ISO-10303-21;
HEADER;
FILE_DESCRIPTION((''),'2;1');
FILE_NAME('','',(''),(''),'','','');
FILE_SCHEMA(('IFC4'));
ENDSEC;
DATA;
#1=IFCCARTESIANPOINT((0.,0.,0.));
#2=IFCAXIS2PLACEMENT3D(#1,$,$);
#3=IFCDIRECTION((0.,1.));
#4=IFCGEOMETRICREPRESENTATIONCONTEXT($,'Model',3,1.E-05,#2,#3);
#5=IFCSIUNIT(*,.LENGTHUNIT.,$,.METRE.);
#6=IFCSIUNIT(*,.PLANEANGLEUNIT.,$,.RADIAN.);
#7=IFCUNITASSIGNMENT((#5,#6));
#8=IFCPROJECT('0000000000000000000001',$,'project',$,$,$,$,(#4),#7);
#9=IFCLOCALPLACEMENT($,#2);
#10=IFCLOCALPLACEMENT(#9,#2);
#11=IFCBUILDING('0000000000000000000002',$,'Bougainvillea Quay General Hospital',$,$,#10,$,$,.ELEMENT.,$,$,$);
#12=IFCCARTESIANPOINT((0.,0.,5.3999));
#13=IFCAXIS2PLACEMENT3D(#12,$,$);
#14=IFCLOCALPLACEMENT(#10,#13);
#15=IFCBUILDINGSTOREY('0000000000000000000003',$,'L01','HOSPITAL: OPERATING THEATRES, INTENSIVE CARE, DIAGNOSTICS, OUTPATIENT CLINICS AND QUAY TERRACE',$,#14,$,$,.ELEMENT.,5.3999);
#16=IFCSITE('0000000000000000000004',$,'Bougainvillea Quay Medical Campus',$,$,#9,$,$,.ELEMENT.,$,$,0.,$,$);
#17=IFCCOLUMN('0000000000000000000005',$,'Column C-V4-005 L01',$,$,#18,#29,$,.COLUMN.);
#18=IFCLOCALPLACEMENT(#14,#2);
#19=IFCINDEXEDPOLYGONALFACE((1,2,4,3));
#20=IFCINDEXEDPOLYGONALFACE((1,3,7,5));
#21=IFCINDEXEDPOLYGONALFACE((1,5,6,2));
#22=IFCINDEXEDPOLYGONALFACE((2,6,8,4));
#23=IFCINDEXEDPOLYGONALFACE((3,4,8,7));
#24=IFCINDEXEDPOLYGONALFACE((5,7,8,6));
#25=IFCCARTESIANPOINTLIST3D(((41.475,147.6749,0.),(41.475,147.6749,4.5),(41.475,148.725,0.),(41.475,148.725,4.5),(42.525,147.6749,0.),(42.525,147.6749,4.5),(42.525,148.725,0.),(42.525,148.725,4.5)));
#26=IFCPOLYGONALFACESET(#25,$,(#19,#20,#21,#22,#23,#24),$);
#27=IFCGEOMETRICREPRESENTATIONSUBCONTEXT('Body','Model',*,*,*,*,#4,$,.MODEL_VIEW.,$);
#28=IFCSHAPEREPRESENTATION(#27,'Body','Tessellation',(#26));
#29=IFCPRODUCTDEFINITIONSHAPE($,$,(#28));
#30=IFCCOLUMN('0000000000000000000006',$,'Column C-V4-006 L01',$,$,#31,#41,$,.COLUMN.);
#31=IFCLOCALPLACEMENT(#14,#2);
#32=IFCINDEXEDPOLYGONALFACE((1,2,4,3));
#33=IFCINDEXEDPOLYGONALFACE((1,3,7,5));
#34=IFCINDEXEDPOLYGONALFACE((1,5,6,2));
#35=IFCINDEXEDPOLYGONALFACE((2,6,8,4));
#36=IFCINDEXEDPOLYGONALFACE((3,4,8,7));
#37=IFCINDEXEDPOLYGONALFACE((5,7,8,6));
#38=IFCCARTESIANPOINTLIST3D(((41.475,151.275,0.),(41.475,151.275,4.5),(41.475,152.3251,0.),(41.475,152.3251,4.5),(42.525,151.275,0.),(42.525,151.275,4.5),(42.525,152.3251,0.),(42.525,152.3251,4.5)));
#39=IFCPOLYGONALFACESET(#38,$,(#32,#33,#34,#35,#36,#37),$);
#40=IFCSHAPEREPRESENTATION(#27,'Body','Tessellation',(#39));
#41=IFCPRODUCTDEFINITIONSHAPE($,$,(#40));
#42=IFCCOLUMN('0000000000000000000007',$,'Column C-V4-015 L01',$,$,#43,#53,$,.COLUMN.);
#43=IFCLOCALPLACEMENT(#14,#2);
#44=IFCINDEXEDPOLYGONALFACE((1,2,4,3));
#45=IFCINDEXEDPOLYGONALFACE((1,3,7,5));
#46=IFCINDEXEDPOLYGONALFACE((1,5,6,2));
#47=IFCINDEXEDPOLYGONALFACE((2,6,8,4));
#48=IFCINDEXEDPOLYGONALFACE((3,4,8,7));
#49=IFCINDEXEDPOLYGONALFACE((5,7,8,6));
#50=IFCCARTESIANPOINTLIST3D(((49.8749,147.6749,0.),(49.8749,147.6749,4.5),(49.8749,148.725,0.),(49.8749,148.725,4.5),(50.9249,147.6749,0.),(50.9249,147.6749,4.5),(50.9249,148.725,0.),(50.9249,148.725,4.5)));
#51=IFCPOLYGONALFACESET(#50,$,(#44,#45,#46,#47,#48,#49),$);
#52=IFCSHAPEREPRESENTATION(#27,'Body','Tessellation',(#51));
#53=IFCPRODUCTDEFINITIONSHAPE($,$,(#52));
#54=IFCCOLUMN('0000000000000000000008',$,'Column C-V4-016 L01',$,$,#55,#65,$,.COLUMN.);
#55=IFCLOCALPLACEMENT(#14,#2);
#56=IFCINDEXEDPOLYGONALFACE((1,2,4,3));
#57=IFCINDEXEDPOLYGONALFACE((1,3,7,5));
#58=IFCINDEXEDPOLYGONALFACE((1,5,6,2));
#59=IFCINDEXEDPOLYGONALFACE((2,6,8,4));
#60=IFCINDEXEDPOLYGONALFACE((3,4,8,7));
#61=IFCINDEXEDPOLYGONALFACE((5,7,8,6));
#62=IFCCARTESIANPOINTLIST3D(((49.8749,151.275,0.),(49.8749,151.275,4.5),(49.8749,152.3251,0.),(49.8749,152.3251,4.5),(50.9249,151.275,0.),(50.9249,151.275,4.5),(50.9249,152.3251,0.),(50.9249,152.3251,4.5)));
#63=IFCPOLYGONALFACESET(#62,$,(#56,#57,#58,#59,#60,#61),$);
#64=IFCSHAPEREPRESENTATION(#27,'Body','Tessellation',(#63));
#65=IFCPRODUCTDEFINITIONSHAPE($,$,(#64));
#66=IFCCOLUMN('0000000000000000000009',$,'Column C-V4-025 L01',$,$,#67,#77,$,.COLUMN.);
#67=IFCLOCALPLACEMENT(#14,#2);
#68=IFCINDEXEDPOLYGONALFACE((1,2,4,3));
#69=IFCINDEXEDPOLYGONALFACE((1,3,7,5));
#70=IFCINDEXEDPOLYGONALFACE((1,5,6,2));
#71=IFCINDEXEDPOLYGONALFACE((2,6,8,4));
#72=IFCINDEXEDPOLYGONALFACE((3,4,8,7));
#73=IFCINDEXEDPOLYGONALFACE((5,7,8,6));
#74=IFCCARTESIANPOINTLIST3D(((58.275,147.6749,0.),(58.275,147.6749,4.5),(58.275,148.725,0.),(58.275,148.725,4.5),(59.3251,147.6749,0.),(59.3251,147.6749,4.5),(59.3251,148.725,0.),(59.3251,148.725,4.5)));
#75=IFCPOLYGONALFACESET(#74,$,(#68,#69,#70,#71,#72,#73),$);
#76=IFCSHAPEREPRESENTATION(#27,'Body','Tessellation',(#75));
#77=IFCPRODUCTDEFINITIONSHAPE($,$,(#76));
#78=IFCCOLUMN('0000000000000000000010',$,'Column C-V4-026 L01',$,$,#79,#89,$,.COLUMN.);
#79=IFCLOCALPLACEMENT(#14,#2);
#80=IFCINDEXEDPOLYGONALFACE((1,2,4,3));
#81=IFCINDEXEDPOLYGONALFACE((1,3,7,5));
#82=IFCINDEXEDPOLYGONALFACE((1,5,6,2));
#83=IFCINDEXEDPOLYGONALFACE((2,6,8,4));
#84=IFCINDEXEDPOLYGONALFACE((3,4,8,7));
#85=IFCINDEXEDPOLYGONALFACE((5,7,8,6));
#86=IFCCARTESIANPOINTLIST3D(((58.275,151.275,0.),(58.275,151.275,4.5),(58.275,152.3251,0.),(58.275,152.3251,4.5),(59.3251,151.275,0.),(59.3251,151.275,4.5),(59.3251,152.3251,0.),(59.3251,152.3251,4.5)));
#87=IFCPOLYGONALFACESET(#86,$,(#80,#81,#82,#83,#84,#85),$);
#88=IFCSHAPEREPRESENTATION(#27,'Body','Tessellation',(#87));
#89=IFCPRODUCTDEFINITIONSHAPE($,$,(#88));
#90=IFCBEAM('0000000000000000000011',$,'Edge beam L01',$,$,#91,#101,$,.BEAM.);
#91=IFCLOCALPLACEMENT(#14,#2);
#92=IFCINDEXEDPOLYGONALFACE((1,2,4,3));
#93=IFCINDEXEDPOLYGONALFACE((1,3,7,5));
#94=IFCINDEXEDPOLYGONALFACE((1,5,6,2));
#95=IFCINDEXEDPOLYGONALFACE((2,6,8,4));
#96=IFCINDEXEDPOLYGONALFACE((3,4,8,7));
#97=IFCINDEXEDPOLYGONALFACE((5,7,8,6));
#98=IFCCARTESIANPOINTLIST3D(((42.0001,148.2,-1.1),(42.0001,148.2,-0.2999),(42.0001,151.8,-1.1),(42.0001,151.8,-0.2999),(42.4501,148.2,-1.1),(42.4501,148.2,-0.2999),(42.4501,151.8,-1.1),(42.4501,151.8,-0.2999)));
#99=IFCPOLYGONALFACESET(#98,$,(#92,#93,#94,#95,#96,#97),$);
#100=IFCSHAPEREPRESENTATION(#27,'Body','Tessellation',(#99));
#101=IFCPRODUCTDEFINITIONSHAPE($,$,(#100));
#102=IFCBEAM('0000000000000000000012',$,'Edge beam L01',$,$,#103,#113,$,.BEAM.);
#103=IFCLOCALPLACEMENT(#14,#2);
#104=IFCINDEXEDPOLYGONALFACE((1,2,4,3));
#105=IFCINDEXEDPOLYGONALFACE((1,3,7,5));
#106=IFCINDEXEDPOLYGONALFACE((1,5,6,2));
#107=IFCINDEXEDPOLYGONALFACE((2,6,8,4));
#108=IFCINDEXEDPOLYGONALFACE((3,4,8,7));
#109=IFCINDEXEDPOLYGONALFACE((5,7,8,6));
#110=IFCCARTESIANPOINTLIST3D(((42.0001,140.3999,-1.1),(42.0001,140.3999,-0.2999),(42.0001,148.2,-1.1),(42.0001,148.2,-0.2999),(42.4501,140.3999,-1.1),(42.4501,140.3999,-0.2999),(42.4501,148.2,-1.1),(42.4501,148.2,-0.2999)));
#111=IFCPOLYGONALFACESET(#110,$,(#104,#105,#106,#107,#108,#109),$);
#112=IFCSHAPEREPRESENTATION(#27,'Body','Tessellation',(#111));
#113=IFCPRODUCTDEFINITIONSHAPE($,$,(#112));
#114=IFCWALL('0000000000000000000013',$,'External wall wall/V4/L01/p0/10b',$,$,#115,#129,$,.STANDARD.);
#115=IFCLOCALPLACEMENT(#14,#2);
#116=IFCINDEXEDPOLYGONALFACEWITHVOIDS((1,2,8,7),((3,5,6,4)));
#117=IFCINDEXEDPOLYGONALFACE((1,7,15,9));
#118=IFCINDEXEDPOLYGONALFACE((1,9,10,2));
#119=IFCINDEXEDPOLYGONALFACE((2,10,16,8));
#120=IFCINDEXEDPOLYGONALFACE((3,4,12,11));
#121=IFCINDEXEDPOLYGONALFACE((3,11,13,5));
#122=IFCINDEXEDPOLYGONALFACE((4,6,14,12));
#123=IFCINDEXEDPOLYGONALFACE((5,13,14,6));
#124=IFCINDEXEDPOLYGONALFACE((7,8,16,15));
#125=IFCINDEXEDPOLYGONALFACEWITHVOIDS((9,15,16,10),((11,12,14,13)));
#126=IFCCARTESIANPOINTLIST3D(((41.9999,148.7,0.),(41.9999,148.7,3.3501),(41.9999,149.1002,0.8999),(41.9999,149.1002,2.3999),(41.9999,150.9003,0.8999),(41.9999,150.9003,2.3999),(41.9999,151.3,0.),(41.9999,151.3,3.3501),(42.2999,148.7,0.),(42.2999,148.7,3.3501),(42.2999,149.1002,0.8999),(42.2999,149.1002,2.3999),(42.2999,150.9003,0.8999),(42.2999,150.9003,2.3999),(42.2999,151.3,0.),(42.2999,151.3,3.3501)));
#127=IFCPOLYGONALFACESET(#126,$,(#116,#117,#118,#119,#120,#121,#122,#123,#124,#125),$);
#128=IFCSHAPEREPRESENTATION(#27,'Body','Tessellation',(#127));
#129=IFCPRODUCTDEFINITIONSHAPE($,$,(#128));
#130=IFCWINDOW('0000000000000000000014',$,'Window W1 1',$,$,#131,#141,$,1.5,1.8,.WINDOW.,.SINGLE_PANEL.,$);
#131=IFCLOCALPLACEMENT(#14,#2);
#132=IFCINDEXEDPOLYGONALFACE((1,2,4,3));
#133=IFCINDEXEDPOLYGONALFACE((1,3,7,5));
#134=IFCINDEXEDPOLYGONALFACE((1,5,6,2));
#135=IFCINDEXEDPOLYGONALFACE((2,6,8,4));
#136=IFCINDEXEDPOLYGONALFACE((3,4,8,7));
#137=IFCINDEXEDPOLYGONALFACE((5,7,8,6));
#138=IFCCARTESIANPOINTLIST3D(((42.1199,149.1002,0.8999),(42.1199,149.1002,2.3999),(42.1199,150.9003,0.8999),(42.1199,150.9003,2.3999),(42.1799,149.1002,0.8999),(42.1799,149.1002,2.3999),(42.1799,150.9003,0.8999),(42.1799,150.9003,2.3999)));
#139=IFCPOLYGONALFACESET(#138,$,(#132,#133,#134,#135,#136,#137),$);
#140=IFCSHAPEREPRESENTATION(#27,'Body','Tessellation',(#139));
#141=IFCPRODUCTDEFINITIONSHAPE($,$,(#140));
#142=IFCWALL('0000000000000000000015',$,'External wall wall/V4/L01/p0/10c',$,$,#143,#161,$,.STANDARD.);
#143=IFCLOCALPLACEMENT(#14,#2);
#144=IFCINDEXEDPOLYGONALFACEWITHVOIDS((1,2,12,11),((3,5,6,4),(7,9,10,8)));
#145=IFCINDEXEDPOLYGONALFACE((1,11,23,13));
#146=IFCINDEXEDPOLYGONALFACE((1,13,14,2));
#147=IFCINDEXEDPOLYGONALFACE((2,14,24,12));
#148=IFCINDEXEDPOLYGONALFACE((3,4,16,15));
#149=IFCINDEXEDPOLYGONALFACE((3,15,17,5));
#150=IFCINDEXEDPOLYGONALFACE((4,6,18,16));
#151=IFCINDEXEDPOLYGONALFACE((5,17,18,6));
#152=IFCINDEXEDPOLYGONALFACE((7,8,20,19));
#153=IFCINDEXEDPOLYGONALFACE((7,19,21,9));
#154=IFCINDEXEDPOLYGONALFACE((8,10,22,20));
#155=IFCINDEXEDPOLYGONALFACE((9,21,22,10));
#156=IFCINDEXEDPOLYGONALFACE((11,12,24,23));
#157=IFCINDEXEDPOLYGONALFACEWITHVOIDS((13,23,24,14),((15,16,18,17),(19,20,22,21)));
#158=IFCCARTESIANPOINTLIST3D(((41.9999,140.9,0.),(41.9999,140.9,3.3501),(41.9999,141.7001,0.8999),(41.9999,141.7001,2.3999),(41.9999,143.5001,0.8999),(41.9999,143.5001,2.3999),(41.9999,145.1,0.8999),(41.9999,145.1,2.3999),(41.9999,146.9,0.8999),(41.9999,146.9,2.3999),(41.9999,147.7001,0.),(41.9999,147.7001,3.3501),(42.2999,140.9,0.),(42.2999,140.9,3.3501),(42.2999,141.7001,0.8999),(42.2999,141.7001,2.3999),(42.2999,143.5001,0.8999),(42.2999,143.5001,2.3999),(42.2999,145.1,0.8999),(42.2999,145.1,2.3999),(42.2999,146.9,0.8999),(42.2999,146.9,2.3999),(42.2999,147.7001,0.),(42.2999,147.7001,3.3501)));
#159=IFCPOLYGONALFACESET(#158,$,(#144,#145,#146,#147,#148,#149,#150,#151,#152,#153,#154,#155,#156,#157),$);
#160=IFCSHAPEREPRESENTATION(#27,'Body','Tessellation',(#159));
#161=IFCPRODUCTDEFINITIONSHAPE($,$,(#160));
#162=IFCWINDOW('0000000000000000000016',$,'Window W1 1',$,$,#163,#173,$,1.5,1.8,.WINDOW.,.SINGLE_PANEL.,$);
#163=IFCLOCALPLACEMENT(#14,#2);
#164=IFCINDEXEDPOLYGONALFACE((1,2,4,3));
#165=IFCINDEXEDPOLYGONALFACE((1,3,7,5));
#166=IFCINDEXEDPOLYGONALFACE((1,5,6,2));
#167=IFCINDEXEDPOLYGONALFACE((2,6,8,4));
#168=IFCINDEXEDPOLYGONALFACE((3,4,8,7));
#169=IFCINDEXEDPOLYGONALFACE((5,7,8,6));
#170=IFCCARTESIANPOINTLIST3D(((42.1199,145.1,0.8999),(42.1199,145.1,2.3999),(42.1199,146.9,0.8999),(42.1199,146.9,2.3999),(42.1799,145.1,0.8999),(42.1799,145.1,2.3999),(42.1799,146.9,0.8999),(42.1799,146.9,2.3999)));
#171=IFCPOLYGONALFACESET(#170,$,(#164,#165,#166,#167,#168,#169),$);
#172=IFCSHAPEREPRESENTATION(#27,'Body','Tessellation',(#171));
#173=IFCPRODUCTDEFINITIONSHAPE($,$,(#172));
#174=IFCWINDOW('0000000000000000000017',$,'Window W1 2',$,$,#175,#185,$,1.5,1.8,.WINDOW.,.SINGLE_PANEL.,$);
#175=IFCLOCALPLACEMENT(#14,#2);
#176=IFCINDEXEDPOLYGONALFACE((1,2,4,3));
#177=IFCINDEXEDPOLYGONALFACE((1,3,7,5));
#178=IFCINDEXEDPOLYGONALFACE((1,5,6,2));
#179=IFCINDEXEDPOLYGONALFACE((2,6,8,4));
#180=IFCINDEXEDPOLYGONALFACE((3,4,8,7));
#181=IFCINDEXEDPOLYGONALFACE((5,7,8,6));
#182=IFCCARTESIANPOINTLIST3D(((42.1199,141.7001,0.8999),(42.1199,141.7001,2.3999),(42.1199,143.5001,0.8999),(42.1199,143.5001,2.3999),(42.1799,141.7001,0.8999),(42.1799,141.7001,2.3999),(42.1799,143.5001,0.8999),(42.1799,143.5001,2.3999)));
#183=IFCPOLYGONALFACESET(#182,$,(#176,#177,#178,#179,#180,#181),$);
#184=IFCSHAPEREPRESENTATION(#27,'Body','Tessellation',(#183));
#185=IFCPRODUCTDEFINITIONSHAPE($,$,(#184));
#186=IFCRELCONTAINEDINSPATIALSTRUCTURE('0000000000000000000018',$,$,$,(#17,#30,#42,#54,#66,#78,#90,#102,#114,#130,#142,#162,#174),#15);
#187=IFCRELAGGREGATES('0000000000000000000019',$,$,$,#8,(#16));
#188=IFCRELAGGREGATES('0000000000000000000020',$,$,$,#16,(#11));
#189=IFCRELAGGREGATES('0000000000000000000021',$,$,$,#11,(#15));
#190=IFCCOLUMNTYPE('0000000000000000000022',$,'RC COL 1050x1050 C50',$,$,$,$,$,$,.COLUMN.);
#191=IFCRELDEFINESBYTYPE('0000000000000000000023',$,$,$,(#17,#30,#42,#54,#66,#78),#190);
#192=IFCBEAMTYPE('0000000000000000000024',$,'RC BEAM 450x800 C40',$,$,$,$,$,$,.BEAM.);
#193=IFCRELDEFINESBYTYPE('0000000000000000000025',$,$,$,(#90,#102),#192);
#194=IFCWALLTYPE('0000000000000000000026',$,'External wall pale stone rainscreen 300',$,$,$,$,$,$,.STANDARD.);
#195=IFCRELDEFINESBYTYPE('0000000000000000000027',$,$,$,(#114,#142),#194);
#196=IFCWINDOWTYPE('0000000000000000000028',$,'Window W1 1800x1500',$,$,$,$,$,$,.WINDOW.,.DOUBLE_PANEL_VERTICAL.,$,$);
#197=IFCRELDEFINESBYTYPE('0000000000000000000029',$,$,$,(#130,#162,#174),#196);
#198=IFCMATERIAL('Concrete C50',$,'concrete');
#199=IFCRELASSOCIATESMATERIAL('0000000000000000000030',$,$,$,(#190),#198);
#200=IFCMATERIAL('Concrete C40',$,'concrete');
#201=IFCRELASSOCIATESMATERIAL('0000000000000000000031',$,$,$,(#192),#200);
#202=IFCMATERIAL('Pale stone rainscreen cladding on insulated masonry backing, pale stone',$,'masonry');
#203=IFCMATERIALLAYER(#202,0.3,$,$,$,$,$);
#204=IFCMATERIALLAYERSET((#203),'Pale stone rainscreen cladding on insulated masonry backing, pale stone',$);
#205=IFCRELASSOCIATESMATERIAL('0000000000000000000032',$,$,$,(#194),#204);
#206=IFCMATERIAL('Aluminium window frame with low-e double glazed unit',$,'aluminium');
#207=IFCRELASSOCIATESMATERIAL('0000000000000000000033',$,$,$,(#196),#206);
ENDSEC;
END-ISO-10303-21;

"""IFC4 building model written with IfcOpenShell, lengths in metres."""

from ifc_helpers import new_model, si_unit, direction, frame, frame_2d, origin, origin_2d, place, context, subcontext, project, spatial, rectangle, extrude, material, layer, layer_set, material_profile, profile_set, type_object, element, fill, save


model = new_model("IFC4")

# Units and contexts
model_context = context("Model", 3, precision=1e-05, world=origin(), true_north=direction((0.0, 1.0)))
body_context = subcontext(model_context, "Body", "Model", "MODEL_VIEW")
ifc_project = project(units=[si_unit("LENGTHUNIT", "METRE"), si_unit("PLANEANGLEUNIT", "RADIAN")], contexts=[model_context])

# Site, building, storey
site_placement = place(None, origin())
site = spatial("IfcSite", under=ifc_project, at=site_placement, Name="Bougainvillea Quay Medical Campus", CompositionType="ELEMENT", RefElevation=0.0)
building_placement = place(site_placement, origin())
building = spatial("IfcBuilding", under=site, at=building_placement, Name="Bougainvillea Quay General Hospital", CompositionType="ELEMENT")
storey_placement = place(building_placement, frame((0.0, 0.0, 5.3999)))
storey = spatial("IfcBuildingStorey", under=building, at=storey_placement, Name="L01", Description="HOSPITAL: OPERATING THEATRES, INTENSIVE CARE, DIAGNOSTICS, OUTPATIENT CLINICS AND QUAY TERRACE", CompositionType="ELEMENT", Elevation=5.3999)

# Columns
ifc_material_1 = material(Name="Concrete C50", Category="concrete")
ifc_material_profile_1 = material_profile(ifc_material_1, rectangle(XDim=1.05, YDim=1.05, at=origin_2d()))
ifc_profile_set_1 = profile_set([ifc_material_profile_1], Name="Concrete C50")
column_type = type_object("IfcColumnType", Name="RC COL 1050x1050 C50", PredefinedType="COLUMN", material=ifc_profile_set_1)
for number, where, z_axis, x_axis, name in (
    (1, (42.0, 148.2, 0.0), (0.0, 0.0, 1.0), (1.0, 0.0, 0.0), "Column C-V4-005 L01"),
    (2, (42.0, 151.8, 0.0), (0.0, 0.0, 1.0), (1.0, 0.0, 0.0), "Column C-V4-006 L01"),
    (3, (50.3999, 148.2, 0.0), (0.0, 0.0, 1.0), (1.0, 0.0, 0.0), "Column C-V4-015 L01"),
    (4, (50.3999, 151.8, 0.0), (0.0, 0.0, 1.0), (1.0, 0.0, 0.0), "Column C-V4-016 L01"),
    (5, (58.8, 148.2, 0.0), (0.0, 0.0, 1.0), (1.0, 0.0, 0.0), "Column C-V4-025 L01"),
    (6, (58.8, 151.8, 0.0), (0.0, 0.0, 1.0), (1.0, 0.0, 0.0), "Column C-V4-026 L01"),
):
    element("IfcColumn", number, at=place(storey_placement, frame(where, z_axis=z_axis, x_axis=x_axis)), inside=storey, type_object=column_type, Name=name, PredefinedType="COLUMN", context=body_context, shape_type="SweptSolid", body=[
        extrude(rectangle(XDim=1.05, YDim=1.05, at=origin_2d()), origin(), (0.0, 0.0, 1.0), 4.5),
    ])

# Beams
ifc_material_2 = material(Name="Concrete C40", Category="concrete")
ifc_material_profile_2 = material_profile(ifc_material_2, rectangle(XDim=0.45, YDim=0.8, at=origin_2d()))
ifc_profile_set_2 = profile_set([ifc_material_profile_2], Name="Concrete C40")
beam_type = type_object("IfcBeamType", Name="RC BEAM 450x800 C40", PredefinedType="BEAM", material=ifc_profile_set_2)
beam_1_placement = place(storey_placement, frame((42.2251, 151.8, -0.7), z_axis=(0.0, -1.0, 0.0), x_axis=(1.0, 0.0, 0.0)))
element("IfcBeam", 7, at=beam_1_placement, inside=storey, type_object=beam_type, Name="Edge beam L01", PredefinedType="BEAM", context=body_context, shape_type="SweptSolid", body=[
    extrude(rectangle(XDim=0.45, YDim=0.8, at=origin_2d()), origin(), (0.0, 0.0, 1.0), 3.6001),
])
beam_2_placement = place(storey_placement, frame((42.2251, 148.2, -0.7), z_axis=(0.0, -1.0, 0.0), x_axis=(1.0, 0.0, 0.0)))
element("IfcBeam", 8, at=beam_2_placement, inside=storey, type_object=beam_type, Name="Edge beam L01", PredefinedType="BEAM", context=body_context, shape_type="SweptSolid", body=[
    extrude(rectangle(XDim=0.45, YDim=0.8, at=origin_2d()), origin(), (0.0, 0.0, 1.0), 7.8),
])

# Wall, opening, window
ifc_material_3 = material(Name="Pale stone rainscreen cladding on insulated masonry backing, pale stone", Category="masonry")
ifc_layer_1 = layer(ifc_material_3, 0.3)
ifc_layer_set_1 = layer_set([ifc_layer_1], Name="Pale stone rainscreen cladding on insulated masonry backing, pale stone")
wall_type_1 = type_object("IfcWallType", Name="External wall pale stone rainscreen 300", PredefinedType="STANDARD", material=ifc_layer_set_1)
wall_1_placement = place(storey_placement, frame((42.1499, 151.3, 0.0), z_axis=(0.0, 0.0, 1.0), x_axis=(0.0, -1.0, 0.0)))
wall_1 = element("IfcWall", 9, at=wall_1_placement, inside=storey, type_object=wall_type_1, Name="External wall wall/V4/L01/p0/10b", PredefinedType="STANDARD", context=body_context, shape_type="SweptSolid", body=[
    extrude(rectangle(XDim=2.6001, YDim=0.3, at=frame_2d((1.3, 0.0))), origin(), (0.0, 0.0, 1.0), 3.3501),
])
opening_1_placement = place(wall_1_placement, frame((0.3999, 0.0, 0.8999)))
opening_1 = element("IfcOpeningElement", 10, at=opening_1_placement, cuts=wall_1, PredefinedType="OPENING", context=body_context, shape_type="SweptSolid", body=[
    extrude(rectangle(XDim=1.8, YDim=1.5, at=frame_2d((0.8999, 0.75))), frame((0.0, 0.1599, 0.0), z_axis=(0.0, -1.0, 0.0), x_axis=(1.0, 0.0, 0.0)), (0.0, 0.0, 1.0), 0.3201),
])
ifc_material_4 = material(Name="Aluminium window frame with low-e double glazed unit", Category="aluminium")
window_type = type_object("IfcWindowType", Name="Window W1 1800x1500", PartitioningType="DOUBLE_PANEL_VERTICAL", PredefinedType="WINDOW", material=ifc_material_4)
window_1_placement = place(opening_1_placement, origin())
window_1 = element("IfcWindow", 11, at=window_1_placement, inside=storey, type_object=window_type, Name="Window W1 1", OverallHeight=1.5, OverallWidth=1.8, PartitioningType="SINGLE_PANEL", PredefinedType="WINDOW", context=body_context, shape_type="SweptSolid", body=[
    extrude(rectangle(XDim=1.8, YDim=1.5, at=frame_2d((0.8999, 0.75))), frame((0.0, 0.03, 0.0), z_axis=(0.0, -1.0, 0.0), x_axis=(1.0, 0.0, 0.0)), (0.0, 0.0, 1.0), 0.0601),
])
fill(opening_1, window_1)

# Wall, openings, windows
wall_2_placement = place(storey_placement, frame((42.1499, 147.7, 0.0), z_axis=(0.0, 0.0, 1.0), x_axis=(0.0, -1.0, 0.0)))
wall_2 = element("IfcWall", 12, at=wall_2_placement, inside=storey, type_object=wall_type_1, Name="External wall wall/V4/L01/p0/10c", PredefinedType="STANDARD", context=body_context, shape_type="SweptSolid", body=[
    extrude(rectangle(XDim=6.8, YDim=0.3, at=frame_2d((3.3999, 0.0))), origin(), (0.0, 0.0, 1.0), 3.3501),
])
opening_2_placement = place(wall_2_placement, frame((0.8, 0.0, 0.8999)))
opening_2 = element("IfcOpeningElement", 13, at=opening_2_placement, cuts=wall_2, PredefinedType="OPENING", context=body_context, shape_type="SweptSolid", body=[
    extrude(rectangle(XDim=1.8, YDim=1.5, at=frame_2d((0.8999, 0.75))), frame((0.0, 0.1599, 0.0), z_axis=(0.0, -1.0, 0.0), x_axis=(1.0, 0.0, 0.0)), (0.0, 0.0, 1.0), 0.3201),
])
opening_3_placement = place(wall_2_placement, frame((4.2, 0.0, 0.8999)))
opening_3 = element("IfcOpeningElement", 14, at=opening_3_placement, cuts=wall_2, PredefinedType="OPENING", context=body_context, shape_type="SweptSolid", body=[
    extrude(rectangle(XDim=1.8, YDim=1.5, at=frame_2d((0.8999, 0.75))), frame((0.0, 0.1599, 0.0), z_axis=(0.0, -1.0, 0.0), x_axis=(1.0, 0.0, 0.0)), (0.0, 0.0, 1.0), 0.3201),
])
window_2_placement = place(opening_2_placement, origin())
window_2 = element("IfcWindow", 15, at=window_2_placement, inside=storey, type_object=window_type, Name="Window W1 1", OverallHeight=1.5, OverallWidth=1.8, PartitioningType="SINGLE_PANEL", PredefinedType="WINDOW", context=body_context, shape_type="SweptSolid", body=[
    extrude(rectangle(XDim=1.8, YDim=1.5, at=frame_2d((0.8999, 0.75))), frame((0.0, 0.03, 0.0), z_axis=(0.0, -1.0, 0.0), x_axis=(1.0, 0.0, 0.0)), (0.0, 0.0, 1.0), 0.0601),
])
fill(opening_2, window_2)
window_3_placement = place(opening_3_placement, origin())
window_3 = element("IfcWindow", 16, at=window_3_placement, inside=storey, type_object=window_type, Name="Window W1 2", OverallHeight=1.5, OverallWidth=1.8, PartitioningType="SINGLE_PANEL", PredefinedType="WINDOW", context=body_context, shape_type="SweptSolid", body=[
    extrude(rectangle(XDim=1.8, YDim=1.5, at=frame_2d((0.8999, 0.75))), frame((0.0, 0.03, 0.0), z_axis=(0.0, -1.0, 0.0), x_axis=(1.0, 0.0, 0.0)), (0.0, 0.0, 1.0), 0.0601),
])
fill(opening_3, window_3)

save(model, "model.ifc")
